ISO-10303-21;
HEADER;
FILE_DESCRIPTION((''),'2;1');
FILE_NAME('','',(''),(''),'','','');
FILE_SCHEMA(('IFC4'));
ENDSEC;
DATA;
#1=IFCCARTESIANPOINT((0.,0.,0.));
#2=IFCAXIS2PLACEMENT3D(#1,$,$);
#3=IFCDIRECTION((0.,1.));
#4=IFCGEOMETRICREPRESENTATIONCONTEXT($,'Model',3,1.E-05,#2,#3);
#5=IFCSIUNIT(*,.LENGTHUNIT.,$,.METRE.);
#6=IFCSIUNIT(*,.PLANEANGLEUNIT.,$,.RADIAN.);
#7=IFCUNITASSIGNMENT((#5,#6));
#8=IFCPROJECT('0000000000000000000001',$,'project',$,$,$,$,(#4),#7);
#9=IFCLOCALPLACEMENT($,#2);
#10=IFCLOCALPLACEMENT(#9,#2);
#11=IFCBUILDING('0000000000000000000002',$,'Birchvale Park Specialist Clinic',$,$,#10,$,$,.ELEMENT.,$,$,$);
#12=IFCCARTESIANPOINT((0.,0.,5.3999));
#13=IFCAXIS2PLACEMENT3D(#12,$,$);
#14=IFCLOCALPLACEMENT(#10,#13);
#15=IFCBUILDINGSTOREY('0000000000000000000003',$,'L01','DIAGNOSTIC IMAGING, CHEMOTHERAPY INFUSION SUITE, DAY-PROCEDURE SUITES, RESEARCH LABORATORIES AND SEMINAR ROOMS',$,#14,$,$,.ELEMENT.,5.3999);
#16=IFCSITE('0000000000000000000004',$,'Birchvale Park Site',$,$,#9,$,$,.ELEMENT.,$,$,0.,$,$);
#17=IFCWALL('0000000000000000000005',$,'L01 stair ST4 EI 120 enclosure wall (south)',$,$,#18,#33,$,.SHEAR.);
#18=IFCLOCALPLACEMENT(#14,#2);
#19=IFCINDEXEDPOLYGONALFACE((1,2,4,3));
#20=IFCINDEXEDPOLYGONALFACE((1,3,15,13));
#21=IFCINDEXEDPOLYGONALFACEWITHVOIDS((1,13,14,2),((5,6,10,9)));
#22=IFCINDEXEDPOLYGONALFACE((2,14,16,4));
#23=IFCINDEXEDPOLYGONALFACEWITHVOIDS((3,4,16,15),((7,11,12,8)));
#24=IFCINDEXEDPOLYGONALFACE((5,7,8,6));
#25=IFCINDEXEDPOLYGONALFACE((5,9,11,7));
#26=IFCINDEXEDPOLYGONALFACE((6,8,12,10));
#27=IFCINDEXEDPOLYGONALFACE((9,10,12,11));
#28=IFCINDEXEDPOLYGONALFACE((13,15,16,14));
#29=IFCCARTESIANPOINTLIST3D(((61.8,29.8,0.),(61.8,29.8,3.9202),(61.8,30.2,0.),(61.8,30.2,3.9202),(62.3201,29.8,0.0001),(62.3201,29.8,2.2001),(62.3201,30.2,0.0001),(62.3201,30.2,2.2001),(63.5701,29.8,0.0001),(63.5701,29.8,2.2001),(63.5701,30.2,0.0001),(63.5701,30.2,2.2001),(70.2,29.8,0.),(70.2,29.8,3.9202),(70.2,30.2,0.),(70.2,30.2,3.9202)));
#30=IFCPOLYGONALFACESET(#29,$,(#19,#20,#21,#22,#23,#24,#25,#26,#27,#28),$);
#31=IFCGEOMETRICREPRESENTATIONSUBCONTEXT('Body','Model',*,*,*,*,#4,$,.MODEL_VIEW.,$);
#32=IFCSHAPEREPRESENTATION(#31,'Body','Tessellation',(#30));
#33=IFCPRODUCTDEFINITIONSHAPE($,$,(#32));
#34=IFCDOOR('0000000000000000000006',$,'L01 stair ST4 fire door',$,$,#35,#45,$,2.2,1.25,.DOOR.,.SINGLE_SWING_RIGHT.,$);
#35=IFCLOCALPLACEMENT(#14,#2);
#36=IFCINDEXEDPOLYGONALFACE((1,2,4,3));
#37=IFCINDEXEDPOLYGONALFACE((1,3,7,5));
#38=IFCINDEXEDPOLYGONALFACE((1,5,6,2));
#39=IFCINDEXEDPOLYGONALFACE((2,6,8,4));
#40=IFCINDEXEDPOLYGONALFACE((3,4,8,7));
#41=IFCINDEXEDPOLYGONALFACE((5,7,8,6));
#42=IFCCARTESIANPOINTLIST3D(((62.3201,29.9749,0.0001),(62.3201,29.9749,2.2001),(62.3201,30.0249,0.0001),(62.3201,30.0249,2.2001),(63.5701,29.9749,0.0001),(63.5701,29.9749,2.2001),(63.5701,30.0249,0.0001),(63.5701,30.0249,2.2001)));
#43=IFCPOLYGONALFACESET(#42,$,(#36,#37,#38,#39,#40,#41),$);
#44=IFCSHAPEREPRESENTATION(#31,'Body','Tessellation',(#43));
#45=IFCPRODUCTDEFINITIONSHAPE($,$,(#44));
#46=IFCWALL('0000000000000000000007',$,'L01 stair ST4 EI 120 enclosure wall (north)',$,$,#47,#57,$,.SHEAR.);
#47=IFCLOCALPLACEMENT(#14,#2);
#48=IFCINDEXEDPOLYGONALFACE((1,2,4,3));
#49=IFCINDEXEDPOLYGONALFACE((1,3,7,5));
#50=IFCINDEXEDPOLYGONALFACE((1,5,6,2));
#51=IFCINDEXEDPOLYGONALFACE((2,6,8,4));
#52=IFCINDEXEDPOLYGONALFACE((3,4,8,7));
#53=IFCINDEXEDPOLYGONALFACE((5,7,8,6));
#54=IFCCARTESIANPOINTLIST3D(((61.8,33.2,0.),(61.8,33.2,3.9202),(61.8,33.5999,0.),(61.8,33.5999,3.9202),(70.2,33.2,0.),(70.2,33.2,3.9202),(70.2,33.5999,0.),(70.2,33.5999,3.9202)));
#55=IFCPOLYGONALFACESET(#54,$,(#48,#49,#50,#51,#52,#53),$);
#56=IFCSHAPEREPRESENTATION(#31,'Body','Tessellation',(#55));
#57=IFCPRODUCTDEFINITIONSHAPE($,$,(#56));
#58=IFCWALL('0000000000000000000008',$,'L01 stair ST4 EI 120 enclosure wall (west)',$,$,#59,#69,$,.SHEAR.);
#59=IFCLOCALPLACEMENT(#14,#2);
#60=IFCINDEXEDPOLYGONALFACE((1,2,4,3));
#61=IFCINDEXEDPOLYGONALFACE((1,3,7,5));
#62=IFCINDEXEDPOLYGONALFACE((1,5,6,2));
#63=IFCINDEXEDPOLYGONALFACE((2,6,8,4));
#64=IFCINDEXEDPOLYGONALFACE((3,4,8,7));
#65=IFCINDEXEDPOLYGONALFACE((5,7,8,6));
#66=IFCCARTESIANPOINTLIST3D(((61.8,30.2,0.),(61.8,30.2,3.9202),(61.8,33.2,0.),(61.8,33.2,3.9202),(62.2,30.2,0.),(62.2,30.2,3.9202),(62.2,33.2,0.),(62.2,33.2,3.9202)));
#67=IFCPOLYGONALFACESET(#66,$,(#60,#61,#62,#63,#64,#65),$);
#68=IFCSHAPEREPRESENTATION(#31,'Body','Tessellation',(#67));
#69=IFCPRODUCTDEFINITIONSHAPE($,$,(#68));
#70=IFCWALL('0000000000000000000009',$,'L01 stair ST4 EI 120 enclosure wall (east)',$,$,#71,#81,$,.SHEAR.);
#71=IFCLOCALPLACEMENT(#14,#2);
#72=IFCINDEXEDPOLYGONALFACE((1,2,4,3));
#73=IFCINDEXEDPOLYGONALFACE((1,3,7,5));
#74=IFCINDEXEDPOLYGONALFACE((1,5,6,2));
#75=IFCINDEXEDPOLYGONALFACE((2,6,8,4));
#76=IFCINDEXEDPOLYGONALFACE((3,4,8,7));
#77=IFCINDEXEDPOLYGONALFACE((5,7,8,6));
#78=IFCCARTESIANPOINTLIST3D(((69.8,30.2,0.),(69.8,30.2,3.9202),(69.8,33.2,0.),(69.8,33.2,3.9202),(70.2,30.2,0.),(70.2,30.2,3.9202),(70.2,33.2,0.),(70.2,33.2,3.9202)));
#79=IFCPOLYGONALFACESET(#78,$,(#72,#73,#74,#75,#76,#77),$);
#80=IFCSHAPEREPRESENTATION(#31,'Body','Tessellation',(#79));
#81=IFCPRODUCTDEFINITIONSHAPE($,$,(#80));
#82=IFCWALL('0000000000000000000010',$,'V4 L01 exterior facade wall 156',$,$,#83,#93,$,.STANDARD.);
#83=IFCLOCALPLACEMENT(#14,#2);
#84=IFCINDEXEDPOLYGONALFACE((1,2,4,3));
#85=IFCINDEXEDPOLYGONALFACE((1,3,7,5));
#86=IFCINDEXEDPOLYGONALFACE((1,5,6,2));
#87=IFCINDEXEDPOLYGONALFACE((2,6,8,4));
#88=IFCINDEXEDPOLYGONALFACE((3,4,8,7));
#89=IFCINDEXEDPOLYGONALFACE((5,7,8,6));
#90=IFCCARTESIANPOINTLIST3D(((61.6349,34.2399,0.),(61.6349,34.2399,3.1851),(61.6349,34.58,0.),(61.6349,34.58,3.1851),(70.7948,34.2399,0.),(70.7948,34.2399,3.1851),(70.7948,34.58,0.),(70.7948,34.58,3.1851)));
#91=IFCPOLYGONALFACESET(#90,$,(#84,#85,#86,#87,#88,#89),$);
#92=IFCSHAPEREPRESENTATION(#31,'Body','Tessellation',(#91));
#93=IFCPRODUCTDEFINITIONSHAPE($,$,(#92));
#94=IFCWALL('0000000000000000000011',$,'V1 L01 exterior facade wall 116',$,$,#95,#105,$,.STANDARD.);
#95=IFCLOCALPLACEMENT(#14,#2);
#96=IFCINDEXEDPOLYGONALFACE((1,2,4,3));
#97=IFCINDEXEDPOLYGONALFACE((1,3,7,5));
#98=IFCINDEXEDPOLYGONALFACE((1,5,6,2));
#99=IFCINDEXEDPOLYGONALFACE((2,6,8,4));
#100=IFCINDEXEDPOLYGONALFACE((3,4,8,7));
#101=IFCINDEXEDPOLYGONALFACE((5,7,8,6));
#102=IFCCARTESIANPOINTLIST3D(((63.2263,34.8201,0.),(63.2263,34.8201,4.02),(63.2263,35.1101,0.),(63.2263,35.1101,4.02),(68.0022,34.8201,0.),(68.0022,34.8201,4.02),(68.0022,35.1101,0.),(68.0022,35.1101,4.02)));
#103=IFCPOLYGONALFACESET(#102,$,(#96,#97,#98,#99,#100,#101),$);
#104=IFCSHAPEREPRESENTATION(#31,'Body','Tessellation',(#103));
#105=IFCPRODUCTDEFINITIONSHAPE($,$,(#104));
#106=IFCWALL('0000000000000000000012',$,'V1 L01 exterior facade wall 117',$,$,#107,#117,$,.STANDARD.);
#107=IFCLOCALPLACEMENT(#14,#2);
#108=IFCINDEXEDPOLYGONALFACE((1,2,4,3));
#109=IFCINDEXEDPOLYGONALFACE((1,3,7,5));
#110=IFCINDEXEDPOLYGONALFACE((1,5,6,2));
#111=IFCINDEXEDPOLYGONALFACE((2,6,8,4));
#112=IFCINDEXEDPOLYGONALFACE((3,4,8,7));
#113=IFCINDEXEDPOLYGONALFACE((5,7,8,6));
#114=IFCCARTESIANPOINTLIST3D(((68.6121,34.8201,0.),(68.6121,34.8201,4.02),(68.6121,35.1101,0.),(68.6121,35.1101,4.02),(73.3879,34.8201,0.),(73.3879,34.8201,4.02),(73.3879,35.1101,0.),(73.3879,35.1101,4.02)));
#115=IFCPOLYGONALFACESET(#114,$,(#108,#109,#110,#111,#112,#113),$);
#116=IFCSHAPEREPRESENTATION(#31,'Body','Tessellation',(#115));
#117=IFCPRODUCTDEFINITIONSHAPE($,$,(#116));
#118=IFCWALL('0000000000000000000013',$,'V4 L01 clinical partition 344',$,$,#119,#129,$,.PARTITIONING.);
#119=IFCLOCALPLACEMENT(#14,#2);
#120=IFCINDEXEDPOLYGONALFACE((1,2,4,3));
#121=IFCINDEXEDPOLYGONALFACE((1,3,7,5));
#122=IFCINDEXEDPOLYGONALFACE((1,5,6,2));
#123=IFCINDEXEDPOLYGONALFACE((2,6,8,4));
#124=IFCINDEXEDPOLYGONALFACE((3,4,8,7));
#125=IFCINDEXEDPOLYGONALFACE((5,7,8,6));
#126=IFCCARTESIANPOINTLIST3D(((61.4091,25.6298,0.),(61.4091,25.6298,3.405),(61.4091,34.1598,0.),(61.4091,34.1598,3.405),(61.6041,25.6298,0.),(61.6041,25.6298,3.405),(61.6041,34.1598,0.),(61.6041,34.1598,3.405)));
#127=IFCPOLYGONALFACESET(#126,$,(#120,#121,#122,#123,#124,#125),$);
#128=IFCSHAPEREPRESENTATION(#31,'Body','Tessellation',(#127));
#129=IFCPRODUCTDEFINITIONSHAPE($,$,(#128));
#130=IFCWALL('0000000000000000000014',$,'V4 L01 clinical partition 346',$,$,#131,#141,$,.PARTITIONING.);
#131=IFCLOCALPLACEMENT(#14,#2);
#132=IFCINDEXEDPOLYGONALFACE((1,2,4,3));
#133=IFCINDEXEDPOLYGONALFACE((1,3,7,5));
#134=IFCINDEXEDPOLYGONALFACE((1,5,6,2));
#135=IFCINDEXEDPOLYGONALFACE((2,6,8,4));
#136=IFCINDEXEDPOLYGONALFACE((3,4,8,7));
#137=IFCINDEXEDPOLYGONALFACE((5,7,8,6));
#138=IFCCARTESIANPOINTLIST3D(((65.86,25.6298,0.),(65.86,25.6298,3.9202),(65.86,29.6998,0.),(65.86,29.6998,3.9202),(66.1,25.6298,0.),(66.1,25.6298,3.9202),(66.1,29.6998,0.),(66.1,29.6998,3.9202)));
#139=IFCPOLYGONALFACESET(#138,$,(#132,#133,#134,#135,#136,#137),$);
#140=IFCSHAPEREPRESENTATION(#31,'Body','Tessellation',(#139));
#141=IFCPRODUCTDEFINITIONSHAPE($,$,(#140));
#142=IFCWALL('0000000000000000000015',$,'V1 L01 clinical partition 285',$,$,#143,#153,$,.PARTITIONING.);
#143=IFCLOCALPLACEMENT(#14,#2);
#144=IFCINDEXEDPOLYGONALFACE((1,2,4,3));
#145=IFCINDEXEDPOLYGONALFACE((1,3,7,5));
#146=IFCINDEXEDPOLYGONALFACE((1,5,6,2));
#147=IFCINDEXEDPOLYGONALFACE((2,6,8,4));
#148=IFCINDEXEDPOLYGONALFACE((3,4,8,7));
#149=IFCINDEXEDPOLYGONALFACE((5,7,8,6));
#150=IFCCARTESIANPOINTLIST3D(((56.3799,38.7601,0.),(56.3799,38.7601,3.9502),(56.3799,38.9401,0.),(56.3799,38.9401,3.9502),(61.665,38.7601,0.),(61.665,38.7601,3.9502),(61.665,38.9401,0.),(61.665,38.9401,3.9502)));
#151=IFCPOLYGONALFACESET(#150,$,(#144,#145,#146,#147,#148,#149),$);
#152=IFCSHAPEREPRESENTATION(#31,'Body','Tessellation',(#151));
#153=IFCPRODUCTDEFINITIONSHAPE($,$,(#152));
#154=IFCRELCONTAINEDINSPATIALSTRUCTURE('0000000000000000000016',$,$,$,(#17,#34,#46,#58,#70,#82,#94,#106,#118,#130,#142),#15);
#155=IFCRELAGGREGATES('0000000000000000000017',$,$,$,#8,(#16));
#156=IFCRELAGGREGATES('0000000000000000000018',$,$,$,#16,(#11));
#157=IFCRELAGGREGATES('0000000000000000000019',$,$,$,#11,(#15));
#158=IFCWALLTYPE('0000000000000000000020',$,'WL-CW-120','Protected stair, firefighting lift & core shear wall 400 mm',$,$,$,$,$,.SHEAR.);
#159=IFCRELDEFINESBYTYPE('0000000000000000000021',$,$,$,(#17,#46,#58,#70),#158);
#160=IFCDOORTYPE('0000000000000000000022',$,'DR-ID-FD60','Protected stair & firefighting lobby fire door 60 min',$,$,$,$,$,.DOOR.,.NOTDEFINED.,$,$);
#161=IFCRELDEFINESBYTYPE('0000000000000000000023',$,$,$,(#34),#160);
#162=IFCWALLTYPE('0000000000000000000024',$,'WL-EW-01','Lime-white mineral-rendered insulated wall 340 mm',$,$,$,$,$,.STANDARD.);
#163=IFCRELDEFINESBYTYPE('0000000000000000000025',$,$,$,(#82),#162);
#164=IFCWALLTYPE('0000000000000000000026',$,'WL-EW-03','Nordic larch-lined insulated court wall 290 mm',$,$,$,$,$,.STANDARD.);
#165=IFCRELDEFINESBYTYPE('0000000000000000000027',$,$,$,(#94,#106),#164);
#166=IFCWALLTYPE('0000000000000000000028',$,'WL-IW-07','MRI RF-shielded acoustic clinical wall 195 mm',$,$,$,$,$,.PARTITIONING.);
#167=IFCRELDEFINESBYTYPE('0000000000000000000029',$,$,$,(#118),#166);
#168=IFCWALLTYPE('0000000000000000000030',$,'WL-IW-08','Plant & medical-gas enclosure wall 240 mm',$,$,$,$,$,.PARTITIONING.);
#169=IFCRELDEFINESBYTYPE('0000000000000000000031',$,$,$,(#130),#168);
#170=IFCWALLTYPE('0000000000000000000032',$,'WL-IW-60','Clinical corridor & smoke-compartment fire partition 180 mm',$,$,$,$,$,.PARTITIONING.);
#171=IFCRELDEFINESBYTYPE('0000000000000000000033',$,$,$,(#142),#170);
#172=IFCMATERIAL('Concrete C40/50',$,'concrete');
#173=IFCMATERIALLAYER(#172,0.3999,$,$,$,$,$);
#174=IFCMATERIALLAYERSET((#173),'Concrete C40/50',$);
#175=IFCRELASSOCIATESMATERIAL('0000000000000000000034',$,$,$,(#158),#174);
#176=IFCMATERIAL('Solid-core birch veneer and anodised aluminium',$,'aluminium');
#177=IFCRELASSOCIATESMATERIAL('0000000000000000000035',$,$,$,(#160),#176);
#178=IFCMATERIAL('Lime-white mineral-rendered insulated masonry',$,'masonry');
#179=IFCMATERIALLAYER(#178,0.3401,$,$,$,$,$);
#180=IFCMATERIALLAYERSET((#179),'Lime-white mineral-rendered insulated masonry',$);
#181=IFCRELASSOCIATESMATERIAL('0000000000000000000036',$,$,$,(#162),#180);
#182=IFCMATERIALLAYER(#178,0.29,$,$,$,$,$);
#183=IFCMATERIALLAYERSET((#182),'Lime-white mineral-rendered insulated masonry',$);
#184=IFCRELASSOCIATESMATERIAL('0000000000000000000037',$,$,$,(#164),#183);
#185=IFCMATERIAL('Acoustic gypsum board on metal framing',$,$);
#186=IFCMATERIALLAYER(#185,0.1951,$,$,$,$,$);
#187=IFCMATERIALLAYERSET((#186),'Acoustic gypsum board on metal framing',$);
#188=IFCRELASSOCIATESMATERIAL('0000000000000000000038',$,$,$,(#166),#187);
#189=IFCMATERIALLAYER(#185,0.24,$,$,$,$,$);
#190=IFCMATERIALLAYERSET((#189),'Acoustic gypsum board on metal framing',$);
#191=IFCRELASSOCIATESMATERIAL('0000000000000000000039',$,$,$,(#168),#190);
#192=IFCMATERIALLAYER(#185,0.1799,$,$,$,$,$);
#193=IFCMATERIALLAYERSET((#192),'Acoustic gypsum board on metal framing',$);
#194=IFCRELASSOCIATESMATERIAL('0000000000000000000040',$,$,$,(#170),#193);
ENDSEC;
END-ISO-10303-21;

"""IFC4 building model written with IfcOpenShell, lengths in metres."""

from ifc_helpers import new_model, si_unit, direction, frame, frame_2d, origin, place, context, subcontext, project, spatial, rectangle, extrude, material, layer, layer_set, type_object, element, fill, save


model = new_model("IFC4")

# Units and contexts
model_context = context("Model", 3, precision=1e-05, world=origin(), true_north=direction((0.0, 1.0)))
body_context = subcontext(model_context, "Body", "Model", "MODEL_VIEW")
ifc_project = project(units=[si_unit("LENGTHUNIT", "METRE"), si_unit("PLANEANGLEUNIT", "RADIAN")], contexts=[model_context])

# Site, building, storey
site_placement = place(None, origin())
site = spatial("IfcSite", under=ifc_project, at=site_placement, Name="Birchvale Park Site", CompositionType="ELEMENT", RefElevation=0.0)
building_placement = place(site_placement, origin())
building = spatial("IfcBuilding", under=site, at=building_placement, Name="Birchvale Park Specialist Clinic", CompositionType="ELEMENT")
storey_placement = place(building_placement, frame((0.0, 0.0, 5.3999)))
storey = spatial("IfcBuildingStorey", under=building, at=storey_placement, Name="L01", Description="DIAGNOSTIC IMAGING, CHEMOTHERAPY INFUSION SUITE, DAY-PROCEDURE SUITES, RESEARCH LABORATORIES AND SEMINAR ROOMS", CompositionType="ELEMENT", Elevation=5.3999)

# Shared definitions
ifc_material_1 = material(Name="Concrete C40/50", Category="concrete")

# Wall, opening, door
ifc_layer_1 = layer(ifc_material_1, 0.3999)
ifc_layer_set_1 = layer_set([ifc_layer_1], Name="Concrete C40/50")
wall_type_1 = type_object("IfcWallType", Name="WL-CW-120", Description="Protected stair, firefighting lift & core shear wall 400 mm", PredefinedType="SHEAR", material=ifc_layer_set_1)
ifc_material_2 = material(Name="Solid-core birch veneer and anodised aluminium", Category="aluminium")
door_type = type_object("IfcDoorType", Name="DR-ID-FD60", Description="Protected stair & firefighting lobby fire door 60 min", OperationType="NOTDEFINED", PredefinedType="DOOR", material=ifc_material_2)
wall_1_placement = place(storey_placement, frame((61.8, 30.0, 0.0), z_axis=(0.0, 0.0, 1.0), x_axis=(1.0, 0.0, 0.0)))
wall_1 = element("IfcWall", 1, at=wall_1_placement, inside=storey, type_object=wall_type_1, Name="L01 stair ST4 EI 120 enclosure wall (south)", PredefinedType="SHEAR", context=body_context, shape_type="SweptSolid", body=[
    extrude(rectangle(XDim=8.3999, YDim=0.3999, at=frame_2d((4.2, 0.0))), origin(), (0.0, 0.0, 1.0), 3.9202),
])
opening_1_placement = place(wall_1_placement, frame((0.52, 0.0, 0.0)))
opening_1 = element("IfcOpeningElement", 2, at=opening_1_placement, cuts=wall_1, PredefinedType="OPENING", context=body_context, shape_type="SweptSolid", body=[
    extrude(rectangle(XDim=1.25, YDim=2.2, at=frame_2d((0.625, 1.1001))), frame((0.0, 0.21, 0.0), z_axis=(0.0, -1.0, 0.0), x_axis=(1.0, 0.0, 0.0)), (0.0, 0.0, 1.0), 0.4199),
])
door_1_placement = place(opening_1_placement, origin())
door_1 = element("IfcDoor", 3, at=door_1_placement, inside=storey, type_object=door_type, Name="L01 stair ST4 fire door", OperationType="SINGLE_SWING_RIGHT", OverallHeight=2.2, OverallWidth=1.25, PredefinedType="DOOR", context=body_context, shape_type="SweptSolid", body=[
    extrude(rectangle(XDim=1.25, YDim=2.2, at=frame_2d((0.625, 1.1001))), frame((0.0, 0.0249, 0.0), z_axis=(0.0, -1.0, 0.0), x_axis=(1.0, 0.0, 0.0)), (0.0, 0.0, 1.0), 0.05),
])
fill(opening_1, door_1)

# Walls
wall_2_placement = place(storey_placement, frame((70.2, 33.3999, 0.0), z_axis=(0.0, 0.0, 1.0), x_axis=(-1.0, 0.0, 0.0)))
element("IfcWall", 4, at=wall_2_placement, inside=storey, type_object=wall_type_1, Name="L01 stair ST4 EI 120 enclosure wall (north)", PredefinedType="SHEAR", context=body_context, shape_type="SweptSolid", body=[
    extrude(rectangle(XDim=8.3999, YDim=0.3999, at=frame_2d((4.2, 0.0))), origin(), (0.0, 0.0, 1.0), 3.9202),
])
for number, where, z_axis, x_axis, name in (
    (5, (62.0, 30.2, 0.0), (0.0, 0.0, 1.0), (0.0, 1.0, 0.0), "L01 stair ST4 EI 120 enclosure wall (west)"),
    (6, (70.0, 33.2, 0.0), (0.0, 0.0, 1.0), (0.0, -1.0, 0.0), "L01 stair ST4 EI 120 enclosure wall (east)"),
):
    element("IfcWall", number, at=place(storey_placement, frame(where, z_axis=z_axis, x_axis=x_axis)), inside=storey, type_object=wall_type_1, Name=name, PredefinedType="SHEAR", context=body_context, shape_type="SweptSolid", body=[
        extrude(rectangle(XDim=3.0, YDim=0.3999, at=frame_2d((1.5, 0.0))), origin(), (0.0, 0.0, 1.0), 3.9202),
    ])
ifc_material_3 = material(Name="Lime-white mineral-rendered insulated masonry", Category="masonry")
ifc_layer_2 = layer(ifc_material_3, 0.3401)
ifc_layer_set_2 = layer_set([ifc_layer_2], Name="Lime-white mineral-rendered insulated masonry")
wall_type_2 = type_object("IfcWallType", Name="WL-EW-01", Description="Lime-white mineral-rendered insulated wall 340 mm", PredefinedType="STANDARD", material=ifc_layer_set_2)
wall_3_placement = place(storey_placement, frame((70.7949, 34.4099, 0.0), z_axis=(0.0, 0.0, 1.0), x_axis=(-1.0, 0.0, 0.0)))
element("IfcWall", 7, at=wall_3_placement, inside=storey, type_object=wall_type_2, Name="V4 L01 exterior facade wall 156", PredefinedType="STANDARD", context=body_context, shape_type="SweptSolid", body=[
    extrude(rectangle(XDim=9.1599, YDim=0.3401, at=frame_2d((4.5801, 0.0))), origin(), (0.0, 0.0, 1.0), 3.1851),
])
ifc_layer_3 = layer(ifc_material_3, 0.29)
ifc_layer_set_3 = layer_set([ifc_layer_3], Name="Lime-white mineral-rendered insulated masonry")
wall_type_3 = type_object("IfcWallType", Name="WL-EW-03", Description="Nordic larch-lined insulated court wall 290 mm", PredefinedType="STANDARD", material=ifc_layer_set_3)
for number, where, z_axis, x_axis, name in (
    (8, (63.2263, 34.9651, 0.0), (0.0, 0.0, 1.0), (1.0, 0.0, 0.0), "V1 L01 exterior facade wall 116"),
    (9, (68.6121, 34.9651, 0.0), (0.0, 0.0, 1.0), (1.0, 0.0, 0.0), "V1 L01 exterior facade wall 117"),
):
    element("IfcWall", number, at=place(storey_placement, frame(where, z_axis=z_axis, x_axis=x_axis)), inside=storey, type_object=wall_type_3, Name=name, PredefinedType="STANDARD", context=body_context, shape_type="SweptSolid", body=[
        extrude(rectangle(XDim=4.7759, YDim=0.29, at=frame_2d((2.3879, 0.0))), origin(), (0.0, 0.0, 1.0), 4.02),
    ])
ifc_material_4 = material(Name="Acoustic gypsum board on metal framing")
ifc_layer_4 = layer(ifc_material_4, 0.1951)
ifc_layer_set_4 = layer_set([ifc_layer_4], Name="Acoustic gypsum board on metal framing")
wall_type_4 = type_object("IfcWallType", Name="WL-IW-07", Description="MRI RF-shielded acoustic clinical wall 195 mm", PredefinedType="PARTITIONING", material=ifc_layer_set_4)
wall_4_placement = place(storey_placement, frame((61.5066, 34.1599, 0.0), z_axis=(0.0, 0.0, 1.0), x_axis=(0.0, -1.0, 0.0)))
element("IfcWall", 10, at=wall_4_placement, inside=storey, type_object=wall_type_4, Name="V4 L01 clinical partition 344", PredefinedType="PARTITIONING", context=body_context, shape_type="SweptSolid", body=[
    extrude(rectangle(XDim=8.53, YDim=0.1951, at=frame_2d((4.2651, 0.0))), origin(), (0.0, 0.0, 1.0), 3.405),
])
ifc_layer_5 = layer(ifc_material_4, 0.24)
ifc_layer_set_5 = layer_set([ifc_layer_5], Name="Acoustic gypsum board on metal framing")
wall_type_5 = type_object("IfcWallType", Name="WL-IW-08", Description="Plant & medical-gas enclosure wall 240 mm", PredefinedType="PARTITIONING", material=ifc_layer_set_5)
wall_5_placement = place(storey_placement, frame((65.98, 29.7, 0.0), z_axis=(0.0, 0.0, 1.0), x_axis=(0.0, -1.0, 0.0)))
element("IfcWall", 11, at=wall_5_placement, inside=storey, type_object=wall_type_5, Name="V4 L01 clinical partition 346", PredefinedType="PARTITIONING", context=body_context, shape_type="SweptSolid", body=[
    extrude(rectangle(XDim=4.0701, YDim=0.24, at=frame_2d((2.0352, 0.0))), origin(), (0.0, 0.0, 1.0), 3.9202),
])
ifc_layer_6 = layer(ifc_material_4, 0.1799)
ifc_layer_set_6 = layer_set([ifc_layer_6], Name="Acoustic gypsum board on metal framing")
wall_type_6 = type_object("IfcWallType", Name="WL-IW-60", Description="Clinical corridor & smoke-compartment fire partition 180 mm", PredefinedType="PARTITIONING", material=ifc_layer_set_6)
wall_6_placement = place(storey_placement, frame((61.665, 38.8501, 0.0), z_axis=(0.0, 0.0, 1.0), x_axis=(-1.0, 0.0, 0.0)))
element("IfcWall", 12, at=wall_6_placement, inside=storey, type_object=wall_type_6, Name="V1 L01 clinical partition 285", PredefinedType="PARTITIONING", context=body_context, shape_type="SweptSolid", body=[
    extrude(rectangle(XDim=5.2852, YDim=0.1799, at=frame_2d((2.6426, 0.0))), origin(), (0.0, 0.0, 1.0), 3.9502),
])

save(model, "model.ifc")
